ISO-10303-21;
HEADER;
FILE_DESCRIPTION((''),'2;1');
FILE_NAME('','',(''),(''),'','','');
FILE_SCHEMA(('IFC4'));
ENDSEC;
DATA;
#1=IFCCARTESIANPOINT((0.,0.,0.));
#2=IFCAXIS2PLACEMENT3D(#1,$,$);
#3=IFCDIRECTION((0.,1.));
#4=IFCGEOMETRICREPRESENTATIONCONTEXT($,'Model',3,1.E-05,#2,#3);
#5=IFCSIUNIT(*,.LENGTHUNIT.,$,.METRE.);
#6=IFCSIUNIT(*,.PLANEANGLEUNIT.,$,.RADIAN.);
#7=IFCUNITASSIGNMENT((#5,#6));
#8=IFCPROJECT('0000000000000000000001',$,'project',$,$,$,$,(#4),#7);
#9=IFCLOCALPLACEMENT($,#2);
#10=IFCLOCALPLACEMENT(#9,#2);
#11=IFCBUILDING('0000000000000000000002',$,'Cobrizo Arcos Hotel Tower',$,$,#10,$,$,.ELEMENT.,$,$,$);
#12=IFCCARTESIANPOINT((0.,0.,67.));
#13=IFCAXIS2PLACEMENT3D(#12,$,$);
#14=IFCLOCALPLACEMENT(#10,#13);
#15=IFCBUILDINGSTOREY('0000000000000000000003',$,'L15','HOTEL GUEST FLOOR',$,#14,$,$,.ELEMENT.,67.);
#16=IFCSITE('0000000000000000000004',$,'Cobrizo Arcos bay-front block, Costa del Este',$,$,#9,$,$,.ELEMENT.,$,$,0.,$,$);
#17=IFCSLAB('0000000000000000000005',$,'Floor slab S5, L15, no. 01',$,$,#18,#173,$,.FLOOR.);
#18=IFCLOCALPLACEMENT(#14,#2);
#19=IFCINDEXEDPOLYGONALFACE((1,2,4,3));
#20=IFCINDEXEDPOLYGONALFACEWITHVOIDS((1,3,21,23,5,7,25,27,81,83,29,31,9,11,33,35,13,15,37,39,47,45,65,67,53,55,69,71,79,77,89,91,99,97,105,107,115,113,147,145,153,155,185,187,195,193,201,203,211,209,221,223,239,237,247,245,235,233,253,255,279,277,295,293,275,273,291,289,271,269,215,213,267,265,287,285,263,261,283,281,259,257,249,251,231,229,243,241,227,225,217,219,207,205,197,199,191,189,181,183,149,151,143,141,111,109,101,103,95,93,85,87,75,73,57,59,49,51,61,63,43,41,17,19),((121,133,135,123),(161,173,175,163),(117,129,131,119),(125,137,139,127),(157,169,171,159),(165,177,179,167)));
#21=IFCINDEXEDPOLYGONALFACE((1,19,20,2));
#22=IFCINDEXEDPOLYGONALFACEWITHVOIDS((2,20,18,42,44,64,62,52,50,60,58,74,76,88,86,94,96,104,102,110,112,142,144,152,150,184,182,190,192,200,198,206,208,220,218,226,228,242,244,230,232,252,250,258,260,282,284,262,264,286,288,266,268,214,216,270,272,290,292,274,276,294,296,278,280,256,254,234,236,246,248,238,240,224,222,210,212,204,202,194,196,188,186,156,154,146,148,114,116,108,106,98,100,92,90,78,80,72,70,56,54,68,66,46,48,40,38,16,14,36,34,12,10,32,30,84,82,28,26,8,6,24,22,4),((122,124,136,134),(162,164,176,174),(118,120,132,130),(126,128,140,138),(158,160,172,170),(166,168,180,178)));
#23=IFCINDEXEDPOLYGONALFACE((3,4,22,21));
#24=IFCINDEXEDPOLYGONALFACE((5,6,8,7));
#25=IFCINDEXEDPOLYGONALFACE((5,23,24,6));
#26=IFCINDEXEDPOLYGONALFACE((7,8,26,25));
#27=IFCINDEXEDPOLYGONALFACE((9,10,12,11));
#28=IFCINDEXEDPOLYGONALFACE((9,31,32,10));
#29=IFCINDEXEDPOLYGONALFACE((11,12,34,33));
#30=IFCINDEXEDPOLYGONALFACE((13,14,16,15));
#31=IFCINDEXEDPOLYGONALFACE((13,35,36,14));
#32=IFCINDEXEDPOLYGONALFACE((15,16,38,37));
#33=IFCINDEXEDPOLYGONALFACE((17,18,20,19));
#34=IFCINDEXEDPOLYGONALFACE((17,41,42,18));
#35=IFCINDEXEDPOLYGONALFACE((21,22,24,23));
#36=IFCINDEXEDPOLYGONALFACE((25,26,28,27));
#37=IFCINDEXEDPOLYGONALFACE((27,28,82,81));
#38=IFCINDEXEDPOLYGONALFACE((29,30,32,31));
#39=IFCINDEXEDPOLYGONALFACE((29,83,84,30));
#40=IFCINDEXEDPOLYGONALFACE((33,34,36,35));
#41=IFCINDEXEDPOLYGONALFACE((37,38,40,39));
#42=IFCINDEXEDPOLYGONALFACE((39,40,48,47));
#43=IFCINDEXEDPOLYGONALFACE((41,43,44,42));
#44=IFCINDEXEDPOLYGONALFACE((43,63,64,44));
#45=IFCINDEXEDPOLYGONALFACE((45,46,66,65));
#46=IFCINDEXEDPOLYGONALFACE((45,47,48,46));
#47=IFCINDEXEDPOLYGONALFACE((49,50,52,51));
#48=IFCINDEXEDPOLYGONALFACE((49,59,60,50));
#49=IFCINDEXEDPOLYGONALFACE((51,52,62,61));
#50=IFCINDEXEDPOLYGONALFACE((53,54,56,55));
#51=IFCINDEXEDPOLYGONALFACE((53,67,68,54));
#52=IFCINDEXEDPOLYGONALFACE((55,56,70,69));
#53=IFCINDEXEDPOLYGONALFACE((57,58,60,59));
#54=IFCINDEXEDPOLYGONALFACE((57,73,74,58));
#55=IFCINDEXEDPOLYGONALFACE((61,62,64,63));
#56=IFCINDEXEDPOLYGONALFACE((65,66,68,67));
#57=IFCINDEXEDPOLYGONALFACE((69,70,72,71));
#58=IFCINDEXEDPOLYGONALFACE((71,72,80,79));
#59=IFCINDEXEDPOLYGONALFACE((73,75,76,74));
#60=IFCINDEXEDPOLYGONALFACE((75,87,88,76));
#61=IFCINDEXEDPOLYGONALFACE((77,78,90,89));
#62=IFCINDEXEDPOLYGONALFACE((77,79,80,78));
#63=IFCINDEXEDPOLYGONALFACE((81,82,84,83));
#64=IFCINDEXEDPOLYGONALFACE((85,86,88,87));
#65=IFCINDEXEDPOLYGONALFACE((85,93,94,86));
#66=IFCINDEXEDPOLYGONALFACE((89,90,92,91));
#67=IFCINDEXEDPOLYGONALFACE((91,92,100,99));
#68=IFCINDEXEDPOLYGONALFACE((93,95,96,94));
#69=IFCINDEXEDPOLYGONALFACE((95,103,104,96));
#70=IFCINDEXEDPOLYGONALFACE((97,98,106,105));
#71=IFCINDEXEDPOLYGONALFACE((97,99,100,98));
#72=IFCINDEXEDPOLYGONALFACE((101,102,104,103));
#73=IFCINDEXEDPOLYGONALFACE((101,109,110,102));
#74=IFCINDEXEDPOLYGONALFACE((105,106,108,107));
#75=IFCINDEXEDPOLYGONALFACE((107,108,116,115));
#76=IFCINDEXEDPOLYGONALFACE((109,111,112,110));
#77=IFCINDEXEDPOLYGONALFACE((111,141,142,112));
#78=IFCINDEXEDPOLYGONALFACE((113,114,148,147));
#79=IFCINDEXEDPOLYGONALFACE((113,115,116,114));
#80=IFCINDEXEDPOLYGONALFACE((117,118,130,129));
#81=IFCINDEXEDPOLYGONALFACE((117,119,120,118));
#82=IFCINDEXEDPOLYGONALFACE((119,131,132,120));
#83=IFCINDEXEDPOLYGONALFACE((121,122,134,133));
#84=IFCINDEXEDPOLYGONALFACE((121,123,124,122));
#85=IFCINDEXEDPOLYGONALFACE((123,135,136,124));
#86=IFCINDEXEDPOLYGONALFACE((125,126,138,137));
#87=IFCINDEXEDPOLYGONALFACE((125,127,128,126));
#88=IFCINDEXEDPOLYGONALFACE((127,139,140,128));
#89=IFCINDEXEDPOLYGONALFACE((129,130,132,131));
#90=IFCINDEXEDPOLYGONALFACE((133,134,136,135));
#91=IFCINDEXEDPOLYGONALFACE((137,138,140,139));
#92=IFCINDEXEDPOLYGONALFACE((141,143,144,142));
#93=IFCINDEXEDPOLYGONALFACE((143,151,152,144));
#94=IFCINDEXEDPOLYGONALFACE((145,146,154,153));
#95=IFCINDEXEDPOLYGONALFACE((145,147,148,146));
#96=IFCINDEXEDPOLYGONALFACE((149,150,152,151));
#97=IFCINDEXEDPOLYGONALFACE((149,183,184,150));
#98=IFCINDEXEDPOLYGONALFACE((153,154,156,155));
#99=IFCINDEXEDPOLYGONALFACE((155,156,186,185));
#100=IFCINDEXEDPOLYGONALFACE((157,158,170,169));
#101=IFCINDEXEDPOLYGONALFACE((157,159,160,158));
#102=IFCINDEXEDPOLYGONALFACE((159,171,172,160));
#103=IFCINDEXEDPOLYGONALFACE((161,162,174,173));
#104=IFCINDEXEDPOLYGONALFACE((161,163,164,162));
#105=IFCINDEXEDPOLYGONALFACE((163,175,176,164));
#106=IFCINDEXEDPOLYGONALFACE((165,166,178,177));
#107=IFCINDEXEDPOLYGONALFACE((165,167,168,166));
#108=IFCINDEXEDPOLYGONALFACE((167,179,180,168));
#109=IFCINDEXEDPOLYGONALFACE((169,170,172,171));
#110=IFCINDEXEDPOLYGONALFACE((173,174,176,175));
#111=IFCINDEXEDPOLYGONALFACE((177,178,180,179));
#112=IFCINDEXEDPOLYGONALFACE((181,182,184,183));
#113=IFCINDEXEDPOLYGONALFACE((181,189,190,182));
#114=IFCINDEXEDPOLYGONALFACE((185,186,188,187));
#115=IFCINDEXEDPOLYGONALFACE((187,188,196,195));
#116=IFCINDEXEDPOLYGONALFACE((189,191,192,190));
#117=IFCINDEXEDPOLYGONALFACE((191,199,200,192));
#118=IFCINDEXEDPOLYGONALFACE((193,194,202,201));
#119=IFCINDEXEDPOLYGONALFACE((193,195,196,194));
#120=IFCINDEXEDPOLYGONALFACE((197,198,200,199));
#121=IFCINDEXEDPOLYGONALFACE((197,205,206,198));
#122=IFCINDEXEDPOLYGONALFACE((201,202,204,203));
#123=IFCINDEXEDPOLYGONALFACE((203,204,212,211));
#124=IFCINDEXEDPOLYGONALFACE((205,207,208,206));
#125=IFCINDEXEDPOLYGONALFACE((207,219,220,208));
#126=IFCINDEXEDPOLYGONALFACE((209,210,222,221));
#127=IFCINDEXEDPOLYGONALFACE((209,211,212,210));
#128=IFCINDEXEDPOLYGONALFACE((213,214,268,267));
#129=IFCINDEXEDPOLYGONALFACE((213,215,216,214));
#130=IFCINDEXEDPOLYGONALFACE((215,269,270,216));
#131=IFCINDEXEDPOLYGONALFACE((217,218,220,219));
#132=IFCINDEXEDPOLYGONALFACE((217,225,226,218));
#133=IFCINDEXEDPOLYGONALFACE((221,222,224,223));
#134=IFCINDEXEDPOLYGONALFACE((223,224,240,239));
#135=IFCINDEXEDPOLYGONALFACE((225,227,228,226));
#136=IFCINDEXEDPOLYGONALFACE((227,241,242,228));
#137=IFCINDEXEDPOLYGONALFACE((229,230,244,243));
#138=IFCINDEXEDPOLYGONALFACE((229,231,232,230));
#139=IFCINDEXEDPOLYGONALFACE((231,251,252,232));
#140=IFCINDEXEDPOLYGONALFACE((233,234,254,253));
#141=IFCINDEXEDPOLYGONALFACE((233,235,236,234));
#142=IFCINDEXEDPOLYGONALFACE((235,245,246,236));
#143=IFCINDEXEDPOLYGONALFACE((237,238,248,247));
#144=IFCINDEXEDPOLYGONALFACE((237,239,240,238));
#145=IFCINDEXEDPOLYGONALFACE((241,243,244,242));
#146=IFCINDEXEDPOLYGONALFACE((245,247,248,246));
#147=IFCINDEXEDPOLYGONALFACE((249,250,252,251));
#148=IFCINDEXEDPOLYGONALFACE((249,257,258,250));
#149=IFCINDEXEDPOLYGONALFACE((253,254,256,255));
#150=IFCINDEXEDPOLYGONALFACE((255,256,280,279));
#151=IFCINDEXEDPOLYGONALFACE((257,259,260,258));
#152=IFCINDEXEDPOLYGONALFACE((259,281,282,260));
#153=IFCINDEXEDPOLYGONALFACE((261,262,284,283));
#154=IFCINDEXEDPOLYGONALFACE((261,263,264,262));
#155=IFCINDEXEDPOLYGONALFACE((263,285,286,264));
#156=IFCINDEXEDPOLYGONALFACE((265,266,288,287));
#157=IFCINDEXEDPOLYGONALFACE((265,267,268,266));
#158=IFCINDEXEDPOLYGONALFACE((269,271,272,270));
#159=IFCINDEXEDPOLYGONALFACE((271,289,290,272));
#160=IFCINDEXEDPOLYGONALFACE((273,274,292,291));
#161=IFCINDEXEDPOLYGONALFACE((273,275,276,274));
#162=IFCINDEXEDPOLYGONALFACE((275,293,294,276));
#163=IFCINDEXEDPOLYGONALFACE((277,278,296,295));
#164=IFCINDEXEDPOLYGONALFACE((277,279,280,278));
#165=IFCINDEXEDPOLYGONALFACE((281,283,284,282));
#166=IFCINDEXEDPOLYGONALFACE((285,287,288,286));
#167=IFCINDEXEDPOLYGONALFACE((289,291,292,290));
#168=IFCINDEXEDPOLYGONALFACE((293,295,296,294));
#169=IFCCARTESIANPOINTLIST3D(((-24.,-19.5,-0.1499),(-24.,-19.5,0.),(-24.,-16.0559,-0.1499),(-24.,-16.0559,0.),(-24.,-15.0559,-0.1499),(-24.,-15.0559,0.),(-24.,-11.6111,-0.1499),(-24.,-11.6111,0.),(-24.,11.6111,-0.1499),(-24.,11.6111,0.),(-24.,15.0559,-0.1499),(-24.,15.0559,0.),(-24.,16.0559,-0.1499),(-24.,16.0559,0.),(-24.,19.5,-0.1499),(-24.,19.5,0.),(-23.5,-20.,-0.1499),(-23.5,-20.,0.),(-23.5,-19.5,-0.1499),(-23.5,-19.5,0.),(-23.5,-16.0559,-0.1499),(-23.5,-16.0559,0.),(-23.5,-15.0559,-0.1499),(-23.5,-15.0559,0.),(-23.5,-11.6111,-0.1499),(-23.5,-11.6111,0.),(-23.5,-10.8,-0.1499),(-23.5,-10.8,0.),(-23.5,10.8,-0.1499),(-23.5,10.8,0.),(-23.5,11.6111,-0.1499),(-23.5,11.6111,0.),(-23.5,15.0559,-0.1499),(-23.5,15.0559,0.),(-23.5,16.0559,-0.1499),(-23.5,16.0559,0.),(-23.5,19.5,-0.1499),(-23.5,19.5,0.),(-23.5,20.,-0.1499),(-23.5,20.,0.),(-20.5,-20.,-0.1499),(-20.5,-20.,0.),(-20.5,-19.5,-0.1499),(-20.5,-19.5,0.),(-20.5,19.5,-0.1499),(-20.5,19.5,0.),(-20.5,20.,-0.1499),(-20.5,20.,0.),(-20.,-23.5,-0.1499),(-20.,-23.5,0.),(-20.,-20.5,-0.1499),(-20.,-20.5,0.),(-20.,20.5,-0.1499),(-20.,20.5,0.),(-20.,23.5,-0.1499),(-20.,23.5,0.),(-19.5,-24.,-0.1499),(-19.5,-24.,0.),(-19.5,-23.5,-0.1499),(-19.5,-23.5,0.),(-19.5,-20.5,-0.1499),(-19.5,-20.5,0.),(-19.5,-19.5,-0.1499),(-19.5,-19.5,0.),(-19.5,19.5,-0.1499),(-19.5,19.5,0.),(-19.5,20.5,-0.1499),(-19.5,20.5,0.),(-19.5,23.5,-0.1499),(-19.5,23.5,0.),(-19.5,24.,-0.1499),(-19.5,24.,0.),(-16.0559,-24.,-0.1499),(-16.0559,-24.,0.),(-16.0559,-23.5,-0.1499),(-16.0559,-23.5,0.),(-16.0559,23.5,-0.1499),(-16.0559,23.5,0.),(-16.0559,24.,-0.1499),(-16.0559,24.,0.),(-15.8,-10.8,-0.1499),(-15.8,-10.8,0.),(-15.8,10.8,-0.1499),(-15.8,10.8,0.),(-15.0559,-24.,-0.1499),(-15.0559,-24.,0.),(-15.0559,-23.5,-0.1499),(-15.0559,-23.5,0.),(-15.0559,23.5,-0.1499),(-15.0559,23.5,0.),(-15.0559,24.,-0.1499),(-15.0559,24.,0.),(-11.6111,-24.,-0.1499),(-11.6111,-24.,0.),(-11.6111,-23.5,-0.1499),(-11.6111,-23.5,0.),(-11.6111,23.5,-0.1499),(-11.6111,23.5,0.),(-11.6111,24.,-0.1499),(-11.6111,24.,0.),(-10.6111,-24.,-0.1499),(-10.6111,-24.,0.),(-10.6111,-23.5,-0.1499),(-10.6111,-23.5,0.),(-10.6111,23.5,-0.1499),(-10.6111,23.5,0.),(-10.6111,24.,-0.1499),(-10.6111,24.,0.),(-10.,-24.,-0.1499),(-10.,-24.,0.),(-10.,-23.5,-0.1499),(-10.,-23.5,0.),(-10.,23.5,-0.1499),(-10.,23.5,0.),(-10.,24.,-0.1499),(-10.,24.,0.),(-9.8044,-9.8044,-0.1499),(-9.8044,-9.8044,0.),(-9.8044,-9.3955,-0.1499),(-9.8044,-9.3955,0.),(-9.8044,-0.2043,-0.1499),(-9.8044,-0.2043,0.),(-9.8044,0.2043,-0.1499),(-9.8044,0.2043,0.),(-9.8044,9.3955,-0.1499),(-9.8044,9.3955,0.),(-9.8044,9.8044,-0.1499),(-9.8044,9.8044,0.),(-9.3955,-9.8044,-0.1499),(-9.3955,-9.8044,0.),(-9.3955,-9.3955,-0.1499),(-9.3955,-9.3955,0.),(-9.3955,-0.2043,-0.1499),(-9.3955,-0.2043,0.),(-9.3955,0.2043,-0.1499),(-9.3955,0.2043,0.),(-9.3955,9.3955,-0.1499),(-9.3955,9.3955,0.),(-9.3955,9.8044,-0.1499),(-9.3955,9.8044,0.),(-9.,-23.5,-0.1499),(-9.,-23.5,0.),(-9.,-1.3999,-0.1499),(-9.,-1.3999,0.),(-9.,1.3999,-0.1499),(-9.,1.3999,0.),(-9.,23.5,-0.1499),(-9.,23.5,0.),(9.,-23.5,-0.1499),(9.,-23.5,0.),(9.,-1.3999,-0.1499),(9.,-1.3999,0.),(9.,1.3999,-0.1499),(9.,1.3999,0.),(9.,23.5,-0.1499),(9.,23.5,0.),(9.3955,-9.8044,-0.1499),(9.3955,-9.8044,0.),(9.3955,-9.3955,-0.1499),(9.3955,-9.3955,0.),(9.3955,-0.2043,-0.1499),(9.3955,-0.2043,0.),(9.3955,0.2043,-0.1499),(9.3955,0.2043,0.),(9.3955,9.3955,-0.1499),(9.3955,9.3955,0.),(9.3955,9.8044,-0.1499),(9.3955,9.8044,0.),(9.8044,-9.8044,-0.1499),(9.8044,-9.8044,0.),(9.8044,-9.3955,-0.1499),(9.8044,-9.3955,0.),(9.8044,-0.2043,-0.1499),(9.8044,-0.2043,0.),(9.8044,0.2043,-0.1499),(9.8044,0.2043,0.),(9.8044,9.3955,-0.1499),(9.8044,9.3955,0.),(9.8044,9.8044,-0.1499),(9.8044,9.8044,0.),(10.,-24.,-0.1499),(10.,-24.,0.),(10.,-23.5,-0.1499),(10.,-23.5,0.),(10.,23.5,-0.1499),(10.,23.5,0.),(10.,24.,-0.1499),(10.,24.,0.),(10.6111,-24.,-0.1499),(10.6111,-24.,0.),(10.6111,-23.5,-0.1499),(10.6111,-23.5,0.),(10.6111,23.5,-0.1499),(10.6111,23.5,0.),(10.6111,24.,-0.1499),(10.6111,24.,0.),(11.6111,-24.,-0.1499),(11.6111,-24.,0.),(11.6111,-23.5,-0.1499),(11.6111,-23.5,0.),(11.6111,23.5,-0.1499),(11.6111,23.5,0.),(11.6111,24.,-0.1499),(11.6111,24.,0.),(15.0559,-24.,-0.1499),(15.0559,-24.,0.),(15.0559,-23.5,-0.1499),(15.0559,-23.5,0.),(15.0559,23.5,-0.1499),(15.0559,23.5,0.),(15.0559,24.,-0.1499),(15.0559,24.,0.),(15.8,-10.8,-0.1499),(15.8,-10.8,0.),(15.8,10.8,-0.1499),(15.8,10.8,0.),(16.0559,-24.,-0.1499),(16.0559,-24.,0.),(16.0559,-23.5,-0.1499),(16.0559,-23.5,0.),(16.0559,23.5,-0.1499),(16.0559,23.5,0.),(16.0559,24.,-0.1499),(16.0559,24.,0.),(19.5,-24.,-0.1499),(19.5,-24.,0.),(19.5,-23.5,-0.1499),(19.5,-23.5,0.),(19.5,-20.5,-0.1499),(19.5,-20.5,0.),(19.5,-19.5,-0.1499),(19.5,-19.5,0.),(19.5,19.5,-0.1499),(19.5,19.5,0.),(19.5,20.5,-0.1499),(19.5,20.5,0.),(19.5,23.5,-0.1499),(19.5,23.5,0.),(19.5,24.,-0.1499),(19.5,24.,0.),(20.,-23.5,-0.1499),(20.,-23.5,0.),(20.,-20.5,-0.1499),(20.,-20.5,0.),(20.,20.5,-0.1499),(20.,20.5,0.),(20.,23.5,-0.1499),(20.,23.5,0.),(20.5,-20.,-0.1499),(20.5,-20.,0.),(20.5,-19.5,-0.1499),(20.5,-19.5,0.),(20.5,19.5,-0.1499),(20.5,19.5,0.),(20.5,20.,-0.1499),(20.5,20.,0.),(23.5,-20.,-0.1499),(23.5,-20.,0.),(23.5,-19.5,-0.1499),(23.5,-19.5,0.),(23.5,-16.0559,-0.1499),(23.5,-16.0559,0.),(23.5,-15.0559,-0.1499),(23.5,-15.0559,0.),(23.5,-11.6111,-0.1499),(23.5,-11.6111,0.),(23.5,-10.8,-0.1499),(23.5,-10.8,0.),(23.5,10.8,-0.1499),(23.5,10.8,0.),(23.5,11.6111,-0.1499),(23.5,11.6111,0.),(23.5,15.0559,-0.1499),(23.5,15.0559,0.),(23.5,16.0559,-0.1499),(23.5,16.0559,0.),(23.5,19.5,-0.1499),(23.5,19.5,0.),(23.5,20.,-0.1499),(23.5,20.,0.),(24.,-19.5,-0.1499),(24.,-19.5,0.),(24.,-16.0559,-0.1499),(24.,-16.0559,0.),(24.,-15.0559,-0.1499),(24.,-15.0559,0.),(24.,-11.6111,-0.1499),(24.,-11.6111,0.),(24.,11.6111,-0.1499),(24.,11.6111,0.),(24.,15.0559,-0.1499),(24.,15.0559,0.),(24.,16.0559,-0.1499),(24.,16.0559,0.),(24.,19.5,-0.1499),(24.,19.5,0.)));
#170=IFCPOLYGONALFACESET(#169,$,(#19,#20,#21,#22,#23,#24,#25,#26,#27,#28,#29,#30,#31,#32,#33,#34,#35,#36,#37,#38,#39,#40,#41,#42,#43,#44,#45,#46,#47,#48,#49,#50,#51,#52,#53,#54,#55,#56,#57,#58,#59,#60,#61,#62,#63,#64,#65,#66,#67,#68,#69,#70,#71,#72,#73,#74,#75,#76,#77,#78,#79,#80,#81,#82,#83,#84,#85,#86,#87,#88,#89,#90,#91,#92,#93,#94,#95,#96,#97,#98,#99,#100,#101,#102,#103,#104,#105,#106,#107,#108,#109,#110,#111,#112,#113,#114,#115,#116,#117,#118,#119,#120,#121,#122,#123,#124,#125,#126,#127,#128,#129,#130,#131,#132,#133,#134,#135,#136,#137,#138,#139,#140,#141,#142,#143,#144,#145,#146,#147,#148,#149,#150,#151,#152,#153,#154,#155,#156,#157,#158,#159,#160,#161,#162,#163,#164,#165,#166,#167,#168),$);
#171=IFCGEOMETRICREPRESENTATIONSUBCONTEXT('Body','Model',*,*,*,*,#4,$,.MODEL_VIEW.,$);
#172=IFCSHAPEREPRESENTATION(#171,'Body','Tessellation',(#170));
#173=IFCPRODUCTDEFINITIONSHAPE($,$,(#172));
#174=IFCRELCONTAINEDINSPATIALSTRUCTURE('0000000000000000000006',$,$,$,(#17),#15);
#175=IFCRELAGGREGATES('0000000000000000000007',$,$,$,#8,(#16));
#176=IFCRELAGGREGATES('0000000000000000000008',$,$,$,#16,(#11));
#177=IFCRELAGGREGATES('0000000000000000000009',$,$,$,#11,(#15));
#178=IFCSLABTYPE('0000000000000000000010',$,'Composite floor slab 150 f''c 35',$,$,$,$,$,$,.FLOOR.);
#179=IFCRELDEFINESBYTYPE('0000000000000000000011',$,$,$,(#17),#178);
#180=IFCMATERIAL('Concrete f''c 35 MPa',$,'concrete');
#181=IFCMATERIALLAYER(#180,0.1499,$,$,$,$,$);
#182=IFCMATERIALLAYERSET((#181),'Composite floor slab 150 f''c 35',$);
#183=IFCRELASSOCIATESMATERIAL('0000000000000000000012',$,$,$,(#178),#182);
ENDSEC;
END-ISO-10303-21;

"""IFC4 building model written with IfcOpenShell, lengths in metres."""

from ifc_helpers import new_model, si_unit, direction, frame, origin, place, context, subcontext, project, spatial, polyline, outline, extrude, material, layer, layer_set, type_object, element, save


model = new_model("IFC4")

# Units and contexts
model_context = context("Model", 3, precision=1e-05, world=origin(), true_north=direction((0.0, 1.0)))
body_context = subcontext(model_context, "Body", "Model", "MODEL_VIEW")
ifc_project = project(units=[si_unit("LENGTHUNIT", "METRE"), si_unit("PLANEANGLEUNIT", "RADIAN")], contexts=[model_context])

# Site, building, storey
site_placement = place(None, origin())
site = spatial("IfcSite", under=ifc_project, at=site_placement, Name="Cobrizo Arcos bay-front block, Costa del Este", CompositionType="ELEMENT", RefElevation=0.0)
building_placement = place(site_placement, origin())
building = spatial("IfcBuilding", under=site, at=building_placement, Name="Cobrizo Arcos Hotel Tower", CompositionType="ELEMENT")
storey_placement = place(building_placement, frame((0.0, 0.0, 67.0)))
storey = spatial("IfcBuildingStorey", under=building, at=storey_placement, Name="L15", Description="HOTEL GUEST FLOOR", CompositionType="ELEMENT", Elevation=67.0)

# Slab
ifc_material_1 = material(Name="Concrete f'c 35 MPa", Category="concrete")
ifc_layer_1 = layer(ifc_material_1, 0.1499)
ifc_layer_set_1 = layer_set([ifc_layer_1], Name="Composite floor slab 150 f'c 35")
slab_type_1 = type_object("IfcSlabType", Name="Composite floor slab 150 f'c 35", PredefinedType="FLOOR", material=ifc_layer_set_1)
slab_1_placement = place(storey_placement, frame((0.0, 0.0, -0.1499)))
element("IfcSlab", 1, at=slab_1_placement, inside=storey, type_object=slab_type_1, Name="Floor slab S5, L15, no. 01", PredefinedType="FLOOR", context=body_context, shape_type="SweptSolid", body=[
    extrude(outline(polyline([(23.5, 20.0), (23.5, 19.5), (24.0, 19.5), (24.0, 16.0559), (23.5, 16.0559), (23.5, 15.0559), (24.0, 15.0559), (24.0, 11.6111), (23.5, 11.6111), (23.5, 10.8), (15.8, 10.8), (15.8, -10.8), (23.5, -10.8), (23.5, -11.6111), (24.0, -11.6111), (24.0, -15.0559), (23.5, -15.0559), (23.5, -16.0559), (24.0, -16.0559), (24.0, -19.5), (23.5, -19.5), (23.5, -20.0), (20.5, -20.0), (20.5, -19.5), (19.5, -19.5), (19.5, -20.5), (20.0, -20.5), (20.0, -23.5), (19.5, -23.5), (19.5, -24.0), (16.0559, -24.0), (16.0559, -23.5), (15.0559, -23.5), (15.0559, -24.0), (11.6111, -24.0), (11.6111, -23.5), (10.6111, -23.5), (10.6111, -24.0), (10.0, -24.0), (10.0, -23.5), (9.0, -23.5), (9.0, -1.3999), (-9.0, -1.3999), (-9.0, -23.5), (-10.0, -23.5), (-10.0, -24.0), (-10.6111, -24.0), (-10.6111, -23.5), (-11.6111, -23.5), (-11.6111, -24.0), (-15.0559, -24.0), (-15.0559, -23.5), (-16.0559, -23.5), (-16.0559, -24.0), (-19.5, -24.0), (-19.5, -23.5), (-20.0, -23.5), (-20.0, -20.5), (-19.5, -20.5), (-19.5, -19.5), (-20.5, -19.5), (-20.5, -20.0), (-23.5, -20.0), (-23.5, -19.5), (-24.0, -19.5), (-24.0, -16.0559), (-23.5, -16.0559), (-23.5, -15.0559), (-24.0, -15.0559), (-24.0, -11.6111), (-23.5, -11.6111), (-23.5, -10.8), (-15.8, -10.8), (-15.8, 10.8), (-23.5, 10.8), (-23.5, 11.6111), (-24.0, 11.6111), (-24.0, 15.0559), (-23.5, 15.0559), (-23.5, 16.0559), (-24.0, 16.0559), (-24.0, 19.5), (-23.5, 19.5), (-23.5, 20.0), (-20.5, 20.0), (-20.5, 19.5), (-19.5, 19.5), (-19.5, 20.5), (-20.0, 20.5), (-20.0, 23.5), (-19.5, 23.5), (-19.5, 24.0), (-16.0559, 24.0), (-16.0559, 23.5), (-15.0559, 23.5), (-15.0559, 24.0), (-11.6111, 24.0), (-11.6111, 23.5), (-10.6111, 23.5), (-10.6111, 24.0), (-10.0, 24.0), (-10.0, 23.5), (-9.0, 23.5), (-9.0, 1.3999), (9.0, 1.3999), (9.0, 23.5), (10.0, 23.5), (10.0, 24.0), (10.6111, 24.0), (10.6111, 23.5), (11.6111, 23.5), (11.6111, 24.0), (15.0559, 24.0), (15.0559, 23.5), (16.0559, 23.5), (16.0559, 24.0), (19.5, 24.0), (19.5, 23.5), (20.0, 23.5), (20.0, 20.5), (19.5, 20.5), (19.5, 19.5), (20.5, 19.5), (20.5, 20.0), (23.5, 20.0)]), holes=[polyline([(-9.8044, -9.8044), (-9.3955, -9.8044), (-9.3955, -9.3955), (-9.8044, -9.3955), (-9.8044, -9.8044)]), polyline([(-9.3955, -0.2043), (-9.3955, 0.2043), (-9.8044, 0.2043), (-9.8044, -0.2043), (-9.3955, -0.2043)]), polyline([(-9.3955, 9.3955), (-9.3955, 9.8044), (-9.8044, 9.8044), (-9.8044, 9.3955), (-9.3955, 9.3955)]), polyline([(9.3955, -9.8044), (9.8044, -9.8044), (9.8044, -9.3955), (9.3955, -9.3955), (9.3955, -9.8044)]), polyline([(9.3955, -0.2043), (9.8044, -0.2043), (9.8044, 0.2043), (9.3955, 0.2043), (9.3955, -0.2043)]), polyline([(9.8044, 9.3955), (9.8044, 9.8044), (9.3955, 9.8044), (9.3955, 9.3955), (9.8044, 9.3955)])]), origin(), (0.0, 0.0, 1.0), 0.1499),
])

save(model, "model.ifc")
